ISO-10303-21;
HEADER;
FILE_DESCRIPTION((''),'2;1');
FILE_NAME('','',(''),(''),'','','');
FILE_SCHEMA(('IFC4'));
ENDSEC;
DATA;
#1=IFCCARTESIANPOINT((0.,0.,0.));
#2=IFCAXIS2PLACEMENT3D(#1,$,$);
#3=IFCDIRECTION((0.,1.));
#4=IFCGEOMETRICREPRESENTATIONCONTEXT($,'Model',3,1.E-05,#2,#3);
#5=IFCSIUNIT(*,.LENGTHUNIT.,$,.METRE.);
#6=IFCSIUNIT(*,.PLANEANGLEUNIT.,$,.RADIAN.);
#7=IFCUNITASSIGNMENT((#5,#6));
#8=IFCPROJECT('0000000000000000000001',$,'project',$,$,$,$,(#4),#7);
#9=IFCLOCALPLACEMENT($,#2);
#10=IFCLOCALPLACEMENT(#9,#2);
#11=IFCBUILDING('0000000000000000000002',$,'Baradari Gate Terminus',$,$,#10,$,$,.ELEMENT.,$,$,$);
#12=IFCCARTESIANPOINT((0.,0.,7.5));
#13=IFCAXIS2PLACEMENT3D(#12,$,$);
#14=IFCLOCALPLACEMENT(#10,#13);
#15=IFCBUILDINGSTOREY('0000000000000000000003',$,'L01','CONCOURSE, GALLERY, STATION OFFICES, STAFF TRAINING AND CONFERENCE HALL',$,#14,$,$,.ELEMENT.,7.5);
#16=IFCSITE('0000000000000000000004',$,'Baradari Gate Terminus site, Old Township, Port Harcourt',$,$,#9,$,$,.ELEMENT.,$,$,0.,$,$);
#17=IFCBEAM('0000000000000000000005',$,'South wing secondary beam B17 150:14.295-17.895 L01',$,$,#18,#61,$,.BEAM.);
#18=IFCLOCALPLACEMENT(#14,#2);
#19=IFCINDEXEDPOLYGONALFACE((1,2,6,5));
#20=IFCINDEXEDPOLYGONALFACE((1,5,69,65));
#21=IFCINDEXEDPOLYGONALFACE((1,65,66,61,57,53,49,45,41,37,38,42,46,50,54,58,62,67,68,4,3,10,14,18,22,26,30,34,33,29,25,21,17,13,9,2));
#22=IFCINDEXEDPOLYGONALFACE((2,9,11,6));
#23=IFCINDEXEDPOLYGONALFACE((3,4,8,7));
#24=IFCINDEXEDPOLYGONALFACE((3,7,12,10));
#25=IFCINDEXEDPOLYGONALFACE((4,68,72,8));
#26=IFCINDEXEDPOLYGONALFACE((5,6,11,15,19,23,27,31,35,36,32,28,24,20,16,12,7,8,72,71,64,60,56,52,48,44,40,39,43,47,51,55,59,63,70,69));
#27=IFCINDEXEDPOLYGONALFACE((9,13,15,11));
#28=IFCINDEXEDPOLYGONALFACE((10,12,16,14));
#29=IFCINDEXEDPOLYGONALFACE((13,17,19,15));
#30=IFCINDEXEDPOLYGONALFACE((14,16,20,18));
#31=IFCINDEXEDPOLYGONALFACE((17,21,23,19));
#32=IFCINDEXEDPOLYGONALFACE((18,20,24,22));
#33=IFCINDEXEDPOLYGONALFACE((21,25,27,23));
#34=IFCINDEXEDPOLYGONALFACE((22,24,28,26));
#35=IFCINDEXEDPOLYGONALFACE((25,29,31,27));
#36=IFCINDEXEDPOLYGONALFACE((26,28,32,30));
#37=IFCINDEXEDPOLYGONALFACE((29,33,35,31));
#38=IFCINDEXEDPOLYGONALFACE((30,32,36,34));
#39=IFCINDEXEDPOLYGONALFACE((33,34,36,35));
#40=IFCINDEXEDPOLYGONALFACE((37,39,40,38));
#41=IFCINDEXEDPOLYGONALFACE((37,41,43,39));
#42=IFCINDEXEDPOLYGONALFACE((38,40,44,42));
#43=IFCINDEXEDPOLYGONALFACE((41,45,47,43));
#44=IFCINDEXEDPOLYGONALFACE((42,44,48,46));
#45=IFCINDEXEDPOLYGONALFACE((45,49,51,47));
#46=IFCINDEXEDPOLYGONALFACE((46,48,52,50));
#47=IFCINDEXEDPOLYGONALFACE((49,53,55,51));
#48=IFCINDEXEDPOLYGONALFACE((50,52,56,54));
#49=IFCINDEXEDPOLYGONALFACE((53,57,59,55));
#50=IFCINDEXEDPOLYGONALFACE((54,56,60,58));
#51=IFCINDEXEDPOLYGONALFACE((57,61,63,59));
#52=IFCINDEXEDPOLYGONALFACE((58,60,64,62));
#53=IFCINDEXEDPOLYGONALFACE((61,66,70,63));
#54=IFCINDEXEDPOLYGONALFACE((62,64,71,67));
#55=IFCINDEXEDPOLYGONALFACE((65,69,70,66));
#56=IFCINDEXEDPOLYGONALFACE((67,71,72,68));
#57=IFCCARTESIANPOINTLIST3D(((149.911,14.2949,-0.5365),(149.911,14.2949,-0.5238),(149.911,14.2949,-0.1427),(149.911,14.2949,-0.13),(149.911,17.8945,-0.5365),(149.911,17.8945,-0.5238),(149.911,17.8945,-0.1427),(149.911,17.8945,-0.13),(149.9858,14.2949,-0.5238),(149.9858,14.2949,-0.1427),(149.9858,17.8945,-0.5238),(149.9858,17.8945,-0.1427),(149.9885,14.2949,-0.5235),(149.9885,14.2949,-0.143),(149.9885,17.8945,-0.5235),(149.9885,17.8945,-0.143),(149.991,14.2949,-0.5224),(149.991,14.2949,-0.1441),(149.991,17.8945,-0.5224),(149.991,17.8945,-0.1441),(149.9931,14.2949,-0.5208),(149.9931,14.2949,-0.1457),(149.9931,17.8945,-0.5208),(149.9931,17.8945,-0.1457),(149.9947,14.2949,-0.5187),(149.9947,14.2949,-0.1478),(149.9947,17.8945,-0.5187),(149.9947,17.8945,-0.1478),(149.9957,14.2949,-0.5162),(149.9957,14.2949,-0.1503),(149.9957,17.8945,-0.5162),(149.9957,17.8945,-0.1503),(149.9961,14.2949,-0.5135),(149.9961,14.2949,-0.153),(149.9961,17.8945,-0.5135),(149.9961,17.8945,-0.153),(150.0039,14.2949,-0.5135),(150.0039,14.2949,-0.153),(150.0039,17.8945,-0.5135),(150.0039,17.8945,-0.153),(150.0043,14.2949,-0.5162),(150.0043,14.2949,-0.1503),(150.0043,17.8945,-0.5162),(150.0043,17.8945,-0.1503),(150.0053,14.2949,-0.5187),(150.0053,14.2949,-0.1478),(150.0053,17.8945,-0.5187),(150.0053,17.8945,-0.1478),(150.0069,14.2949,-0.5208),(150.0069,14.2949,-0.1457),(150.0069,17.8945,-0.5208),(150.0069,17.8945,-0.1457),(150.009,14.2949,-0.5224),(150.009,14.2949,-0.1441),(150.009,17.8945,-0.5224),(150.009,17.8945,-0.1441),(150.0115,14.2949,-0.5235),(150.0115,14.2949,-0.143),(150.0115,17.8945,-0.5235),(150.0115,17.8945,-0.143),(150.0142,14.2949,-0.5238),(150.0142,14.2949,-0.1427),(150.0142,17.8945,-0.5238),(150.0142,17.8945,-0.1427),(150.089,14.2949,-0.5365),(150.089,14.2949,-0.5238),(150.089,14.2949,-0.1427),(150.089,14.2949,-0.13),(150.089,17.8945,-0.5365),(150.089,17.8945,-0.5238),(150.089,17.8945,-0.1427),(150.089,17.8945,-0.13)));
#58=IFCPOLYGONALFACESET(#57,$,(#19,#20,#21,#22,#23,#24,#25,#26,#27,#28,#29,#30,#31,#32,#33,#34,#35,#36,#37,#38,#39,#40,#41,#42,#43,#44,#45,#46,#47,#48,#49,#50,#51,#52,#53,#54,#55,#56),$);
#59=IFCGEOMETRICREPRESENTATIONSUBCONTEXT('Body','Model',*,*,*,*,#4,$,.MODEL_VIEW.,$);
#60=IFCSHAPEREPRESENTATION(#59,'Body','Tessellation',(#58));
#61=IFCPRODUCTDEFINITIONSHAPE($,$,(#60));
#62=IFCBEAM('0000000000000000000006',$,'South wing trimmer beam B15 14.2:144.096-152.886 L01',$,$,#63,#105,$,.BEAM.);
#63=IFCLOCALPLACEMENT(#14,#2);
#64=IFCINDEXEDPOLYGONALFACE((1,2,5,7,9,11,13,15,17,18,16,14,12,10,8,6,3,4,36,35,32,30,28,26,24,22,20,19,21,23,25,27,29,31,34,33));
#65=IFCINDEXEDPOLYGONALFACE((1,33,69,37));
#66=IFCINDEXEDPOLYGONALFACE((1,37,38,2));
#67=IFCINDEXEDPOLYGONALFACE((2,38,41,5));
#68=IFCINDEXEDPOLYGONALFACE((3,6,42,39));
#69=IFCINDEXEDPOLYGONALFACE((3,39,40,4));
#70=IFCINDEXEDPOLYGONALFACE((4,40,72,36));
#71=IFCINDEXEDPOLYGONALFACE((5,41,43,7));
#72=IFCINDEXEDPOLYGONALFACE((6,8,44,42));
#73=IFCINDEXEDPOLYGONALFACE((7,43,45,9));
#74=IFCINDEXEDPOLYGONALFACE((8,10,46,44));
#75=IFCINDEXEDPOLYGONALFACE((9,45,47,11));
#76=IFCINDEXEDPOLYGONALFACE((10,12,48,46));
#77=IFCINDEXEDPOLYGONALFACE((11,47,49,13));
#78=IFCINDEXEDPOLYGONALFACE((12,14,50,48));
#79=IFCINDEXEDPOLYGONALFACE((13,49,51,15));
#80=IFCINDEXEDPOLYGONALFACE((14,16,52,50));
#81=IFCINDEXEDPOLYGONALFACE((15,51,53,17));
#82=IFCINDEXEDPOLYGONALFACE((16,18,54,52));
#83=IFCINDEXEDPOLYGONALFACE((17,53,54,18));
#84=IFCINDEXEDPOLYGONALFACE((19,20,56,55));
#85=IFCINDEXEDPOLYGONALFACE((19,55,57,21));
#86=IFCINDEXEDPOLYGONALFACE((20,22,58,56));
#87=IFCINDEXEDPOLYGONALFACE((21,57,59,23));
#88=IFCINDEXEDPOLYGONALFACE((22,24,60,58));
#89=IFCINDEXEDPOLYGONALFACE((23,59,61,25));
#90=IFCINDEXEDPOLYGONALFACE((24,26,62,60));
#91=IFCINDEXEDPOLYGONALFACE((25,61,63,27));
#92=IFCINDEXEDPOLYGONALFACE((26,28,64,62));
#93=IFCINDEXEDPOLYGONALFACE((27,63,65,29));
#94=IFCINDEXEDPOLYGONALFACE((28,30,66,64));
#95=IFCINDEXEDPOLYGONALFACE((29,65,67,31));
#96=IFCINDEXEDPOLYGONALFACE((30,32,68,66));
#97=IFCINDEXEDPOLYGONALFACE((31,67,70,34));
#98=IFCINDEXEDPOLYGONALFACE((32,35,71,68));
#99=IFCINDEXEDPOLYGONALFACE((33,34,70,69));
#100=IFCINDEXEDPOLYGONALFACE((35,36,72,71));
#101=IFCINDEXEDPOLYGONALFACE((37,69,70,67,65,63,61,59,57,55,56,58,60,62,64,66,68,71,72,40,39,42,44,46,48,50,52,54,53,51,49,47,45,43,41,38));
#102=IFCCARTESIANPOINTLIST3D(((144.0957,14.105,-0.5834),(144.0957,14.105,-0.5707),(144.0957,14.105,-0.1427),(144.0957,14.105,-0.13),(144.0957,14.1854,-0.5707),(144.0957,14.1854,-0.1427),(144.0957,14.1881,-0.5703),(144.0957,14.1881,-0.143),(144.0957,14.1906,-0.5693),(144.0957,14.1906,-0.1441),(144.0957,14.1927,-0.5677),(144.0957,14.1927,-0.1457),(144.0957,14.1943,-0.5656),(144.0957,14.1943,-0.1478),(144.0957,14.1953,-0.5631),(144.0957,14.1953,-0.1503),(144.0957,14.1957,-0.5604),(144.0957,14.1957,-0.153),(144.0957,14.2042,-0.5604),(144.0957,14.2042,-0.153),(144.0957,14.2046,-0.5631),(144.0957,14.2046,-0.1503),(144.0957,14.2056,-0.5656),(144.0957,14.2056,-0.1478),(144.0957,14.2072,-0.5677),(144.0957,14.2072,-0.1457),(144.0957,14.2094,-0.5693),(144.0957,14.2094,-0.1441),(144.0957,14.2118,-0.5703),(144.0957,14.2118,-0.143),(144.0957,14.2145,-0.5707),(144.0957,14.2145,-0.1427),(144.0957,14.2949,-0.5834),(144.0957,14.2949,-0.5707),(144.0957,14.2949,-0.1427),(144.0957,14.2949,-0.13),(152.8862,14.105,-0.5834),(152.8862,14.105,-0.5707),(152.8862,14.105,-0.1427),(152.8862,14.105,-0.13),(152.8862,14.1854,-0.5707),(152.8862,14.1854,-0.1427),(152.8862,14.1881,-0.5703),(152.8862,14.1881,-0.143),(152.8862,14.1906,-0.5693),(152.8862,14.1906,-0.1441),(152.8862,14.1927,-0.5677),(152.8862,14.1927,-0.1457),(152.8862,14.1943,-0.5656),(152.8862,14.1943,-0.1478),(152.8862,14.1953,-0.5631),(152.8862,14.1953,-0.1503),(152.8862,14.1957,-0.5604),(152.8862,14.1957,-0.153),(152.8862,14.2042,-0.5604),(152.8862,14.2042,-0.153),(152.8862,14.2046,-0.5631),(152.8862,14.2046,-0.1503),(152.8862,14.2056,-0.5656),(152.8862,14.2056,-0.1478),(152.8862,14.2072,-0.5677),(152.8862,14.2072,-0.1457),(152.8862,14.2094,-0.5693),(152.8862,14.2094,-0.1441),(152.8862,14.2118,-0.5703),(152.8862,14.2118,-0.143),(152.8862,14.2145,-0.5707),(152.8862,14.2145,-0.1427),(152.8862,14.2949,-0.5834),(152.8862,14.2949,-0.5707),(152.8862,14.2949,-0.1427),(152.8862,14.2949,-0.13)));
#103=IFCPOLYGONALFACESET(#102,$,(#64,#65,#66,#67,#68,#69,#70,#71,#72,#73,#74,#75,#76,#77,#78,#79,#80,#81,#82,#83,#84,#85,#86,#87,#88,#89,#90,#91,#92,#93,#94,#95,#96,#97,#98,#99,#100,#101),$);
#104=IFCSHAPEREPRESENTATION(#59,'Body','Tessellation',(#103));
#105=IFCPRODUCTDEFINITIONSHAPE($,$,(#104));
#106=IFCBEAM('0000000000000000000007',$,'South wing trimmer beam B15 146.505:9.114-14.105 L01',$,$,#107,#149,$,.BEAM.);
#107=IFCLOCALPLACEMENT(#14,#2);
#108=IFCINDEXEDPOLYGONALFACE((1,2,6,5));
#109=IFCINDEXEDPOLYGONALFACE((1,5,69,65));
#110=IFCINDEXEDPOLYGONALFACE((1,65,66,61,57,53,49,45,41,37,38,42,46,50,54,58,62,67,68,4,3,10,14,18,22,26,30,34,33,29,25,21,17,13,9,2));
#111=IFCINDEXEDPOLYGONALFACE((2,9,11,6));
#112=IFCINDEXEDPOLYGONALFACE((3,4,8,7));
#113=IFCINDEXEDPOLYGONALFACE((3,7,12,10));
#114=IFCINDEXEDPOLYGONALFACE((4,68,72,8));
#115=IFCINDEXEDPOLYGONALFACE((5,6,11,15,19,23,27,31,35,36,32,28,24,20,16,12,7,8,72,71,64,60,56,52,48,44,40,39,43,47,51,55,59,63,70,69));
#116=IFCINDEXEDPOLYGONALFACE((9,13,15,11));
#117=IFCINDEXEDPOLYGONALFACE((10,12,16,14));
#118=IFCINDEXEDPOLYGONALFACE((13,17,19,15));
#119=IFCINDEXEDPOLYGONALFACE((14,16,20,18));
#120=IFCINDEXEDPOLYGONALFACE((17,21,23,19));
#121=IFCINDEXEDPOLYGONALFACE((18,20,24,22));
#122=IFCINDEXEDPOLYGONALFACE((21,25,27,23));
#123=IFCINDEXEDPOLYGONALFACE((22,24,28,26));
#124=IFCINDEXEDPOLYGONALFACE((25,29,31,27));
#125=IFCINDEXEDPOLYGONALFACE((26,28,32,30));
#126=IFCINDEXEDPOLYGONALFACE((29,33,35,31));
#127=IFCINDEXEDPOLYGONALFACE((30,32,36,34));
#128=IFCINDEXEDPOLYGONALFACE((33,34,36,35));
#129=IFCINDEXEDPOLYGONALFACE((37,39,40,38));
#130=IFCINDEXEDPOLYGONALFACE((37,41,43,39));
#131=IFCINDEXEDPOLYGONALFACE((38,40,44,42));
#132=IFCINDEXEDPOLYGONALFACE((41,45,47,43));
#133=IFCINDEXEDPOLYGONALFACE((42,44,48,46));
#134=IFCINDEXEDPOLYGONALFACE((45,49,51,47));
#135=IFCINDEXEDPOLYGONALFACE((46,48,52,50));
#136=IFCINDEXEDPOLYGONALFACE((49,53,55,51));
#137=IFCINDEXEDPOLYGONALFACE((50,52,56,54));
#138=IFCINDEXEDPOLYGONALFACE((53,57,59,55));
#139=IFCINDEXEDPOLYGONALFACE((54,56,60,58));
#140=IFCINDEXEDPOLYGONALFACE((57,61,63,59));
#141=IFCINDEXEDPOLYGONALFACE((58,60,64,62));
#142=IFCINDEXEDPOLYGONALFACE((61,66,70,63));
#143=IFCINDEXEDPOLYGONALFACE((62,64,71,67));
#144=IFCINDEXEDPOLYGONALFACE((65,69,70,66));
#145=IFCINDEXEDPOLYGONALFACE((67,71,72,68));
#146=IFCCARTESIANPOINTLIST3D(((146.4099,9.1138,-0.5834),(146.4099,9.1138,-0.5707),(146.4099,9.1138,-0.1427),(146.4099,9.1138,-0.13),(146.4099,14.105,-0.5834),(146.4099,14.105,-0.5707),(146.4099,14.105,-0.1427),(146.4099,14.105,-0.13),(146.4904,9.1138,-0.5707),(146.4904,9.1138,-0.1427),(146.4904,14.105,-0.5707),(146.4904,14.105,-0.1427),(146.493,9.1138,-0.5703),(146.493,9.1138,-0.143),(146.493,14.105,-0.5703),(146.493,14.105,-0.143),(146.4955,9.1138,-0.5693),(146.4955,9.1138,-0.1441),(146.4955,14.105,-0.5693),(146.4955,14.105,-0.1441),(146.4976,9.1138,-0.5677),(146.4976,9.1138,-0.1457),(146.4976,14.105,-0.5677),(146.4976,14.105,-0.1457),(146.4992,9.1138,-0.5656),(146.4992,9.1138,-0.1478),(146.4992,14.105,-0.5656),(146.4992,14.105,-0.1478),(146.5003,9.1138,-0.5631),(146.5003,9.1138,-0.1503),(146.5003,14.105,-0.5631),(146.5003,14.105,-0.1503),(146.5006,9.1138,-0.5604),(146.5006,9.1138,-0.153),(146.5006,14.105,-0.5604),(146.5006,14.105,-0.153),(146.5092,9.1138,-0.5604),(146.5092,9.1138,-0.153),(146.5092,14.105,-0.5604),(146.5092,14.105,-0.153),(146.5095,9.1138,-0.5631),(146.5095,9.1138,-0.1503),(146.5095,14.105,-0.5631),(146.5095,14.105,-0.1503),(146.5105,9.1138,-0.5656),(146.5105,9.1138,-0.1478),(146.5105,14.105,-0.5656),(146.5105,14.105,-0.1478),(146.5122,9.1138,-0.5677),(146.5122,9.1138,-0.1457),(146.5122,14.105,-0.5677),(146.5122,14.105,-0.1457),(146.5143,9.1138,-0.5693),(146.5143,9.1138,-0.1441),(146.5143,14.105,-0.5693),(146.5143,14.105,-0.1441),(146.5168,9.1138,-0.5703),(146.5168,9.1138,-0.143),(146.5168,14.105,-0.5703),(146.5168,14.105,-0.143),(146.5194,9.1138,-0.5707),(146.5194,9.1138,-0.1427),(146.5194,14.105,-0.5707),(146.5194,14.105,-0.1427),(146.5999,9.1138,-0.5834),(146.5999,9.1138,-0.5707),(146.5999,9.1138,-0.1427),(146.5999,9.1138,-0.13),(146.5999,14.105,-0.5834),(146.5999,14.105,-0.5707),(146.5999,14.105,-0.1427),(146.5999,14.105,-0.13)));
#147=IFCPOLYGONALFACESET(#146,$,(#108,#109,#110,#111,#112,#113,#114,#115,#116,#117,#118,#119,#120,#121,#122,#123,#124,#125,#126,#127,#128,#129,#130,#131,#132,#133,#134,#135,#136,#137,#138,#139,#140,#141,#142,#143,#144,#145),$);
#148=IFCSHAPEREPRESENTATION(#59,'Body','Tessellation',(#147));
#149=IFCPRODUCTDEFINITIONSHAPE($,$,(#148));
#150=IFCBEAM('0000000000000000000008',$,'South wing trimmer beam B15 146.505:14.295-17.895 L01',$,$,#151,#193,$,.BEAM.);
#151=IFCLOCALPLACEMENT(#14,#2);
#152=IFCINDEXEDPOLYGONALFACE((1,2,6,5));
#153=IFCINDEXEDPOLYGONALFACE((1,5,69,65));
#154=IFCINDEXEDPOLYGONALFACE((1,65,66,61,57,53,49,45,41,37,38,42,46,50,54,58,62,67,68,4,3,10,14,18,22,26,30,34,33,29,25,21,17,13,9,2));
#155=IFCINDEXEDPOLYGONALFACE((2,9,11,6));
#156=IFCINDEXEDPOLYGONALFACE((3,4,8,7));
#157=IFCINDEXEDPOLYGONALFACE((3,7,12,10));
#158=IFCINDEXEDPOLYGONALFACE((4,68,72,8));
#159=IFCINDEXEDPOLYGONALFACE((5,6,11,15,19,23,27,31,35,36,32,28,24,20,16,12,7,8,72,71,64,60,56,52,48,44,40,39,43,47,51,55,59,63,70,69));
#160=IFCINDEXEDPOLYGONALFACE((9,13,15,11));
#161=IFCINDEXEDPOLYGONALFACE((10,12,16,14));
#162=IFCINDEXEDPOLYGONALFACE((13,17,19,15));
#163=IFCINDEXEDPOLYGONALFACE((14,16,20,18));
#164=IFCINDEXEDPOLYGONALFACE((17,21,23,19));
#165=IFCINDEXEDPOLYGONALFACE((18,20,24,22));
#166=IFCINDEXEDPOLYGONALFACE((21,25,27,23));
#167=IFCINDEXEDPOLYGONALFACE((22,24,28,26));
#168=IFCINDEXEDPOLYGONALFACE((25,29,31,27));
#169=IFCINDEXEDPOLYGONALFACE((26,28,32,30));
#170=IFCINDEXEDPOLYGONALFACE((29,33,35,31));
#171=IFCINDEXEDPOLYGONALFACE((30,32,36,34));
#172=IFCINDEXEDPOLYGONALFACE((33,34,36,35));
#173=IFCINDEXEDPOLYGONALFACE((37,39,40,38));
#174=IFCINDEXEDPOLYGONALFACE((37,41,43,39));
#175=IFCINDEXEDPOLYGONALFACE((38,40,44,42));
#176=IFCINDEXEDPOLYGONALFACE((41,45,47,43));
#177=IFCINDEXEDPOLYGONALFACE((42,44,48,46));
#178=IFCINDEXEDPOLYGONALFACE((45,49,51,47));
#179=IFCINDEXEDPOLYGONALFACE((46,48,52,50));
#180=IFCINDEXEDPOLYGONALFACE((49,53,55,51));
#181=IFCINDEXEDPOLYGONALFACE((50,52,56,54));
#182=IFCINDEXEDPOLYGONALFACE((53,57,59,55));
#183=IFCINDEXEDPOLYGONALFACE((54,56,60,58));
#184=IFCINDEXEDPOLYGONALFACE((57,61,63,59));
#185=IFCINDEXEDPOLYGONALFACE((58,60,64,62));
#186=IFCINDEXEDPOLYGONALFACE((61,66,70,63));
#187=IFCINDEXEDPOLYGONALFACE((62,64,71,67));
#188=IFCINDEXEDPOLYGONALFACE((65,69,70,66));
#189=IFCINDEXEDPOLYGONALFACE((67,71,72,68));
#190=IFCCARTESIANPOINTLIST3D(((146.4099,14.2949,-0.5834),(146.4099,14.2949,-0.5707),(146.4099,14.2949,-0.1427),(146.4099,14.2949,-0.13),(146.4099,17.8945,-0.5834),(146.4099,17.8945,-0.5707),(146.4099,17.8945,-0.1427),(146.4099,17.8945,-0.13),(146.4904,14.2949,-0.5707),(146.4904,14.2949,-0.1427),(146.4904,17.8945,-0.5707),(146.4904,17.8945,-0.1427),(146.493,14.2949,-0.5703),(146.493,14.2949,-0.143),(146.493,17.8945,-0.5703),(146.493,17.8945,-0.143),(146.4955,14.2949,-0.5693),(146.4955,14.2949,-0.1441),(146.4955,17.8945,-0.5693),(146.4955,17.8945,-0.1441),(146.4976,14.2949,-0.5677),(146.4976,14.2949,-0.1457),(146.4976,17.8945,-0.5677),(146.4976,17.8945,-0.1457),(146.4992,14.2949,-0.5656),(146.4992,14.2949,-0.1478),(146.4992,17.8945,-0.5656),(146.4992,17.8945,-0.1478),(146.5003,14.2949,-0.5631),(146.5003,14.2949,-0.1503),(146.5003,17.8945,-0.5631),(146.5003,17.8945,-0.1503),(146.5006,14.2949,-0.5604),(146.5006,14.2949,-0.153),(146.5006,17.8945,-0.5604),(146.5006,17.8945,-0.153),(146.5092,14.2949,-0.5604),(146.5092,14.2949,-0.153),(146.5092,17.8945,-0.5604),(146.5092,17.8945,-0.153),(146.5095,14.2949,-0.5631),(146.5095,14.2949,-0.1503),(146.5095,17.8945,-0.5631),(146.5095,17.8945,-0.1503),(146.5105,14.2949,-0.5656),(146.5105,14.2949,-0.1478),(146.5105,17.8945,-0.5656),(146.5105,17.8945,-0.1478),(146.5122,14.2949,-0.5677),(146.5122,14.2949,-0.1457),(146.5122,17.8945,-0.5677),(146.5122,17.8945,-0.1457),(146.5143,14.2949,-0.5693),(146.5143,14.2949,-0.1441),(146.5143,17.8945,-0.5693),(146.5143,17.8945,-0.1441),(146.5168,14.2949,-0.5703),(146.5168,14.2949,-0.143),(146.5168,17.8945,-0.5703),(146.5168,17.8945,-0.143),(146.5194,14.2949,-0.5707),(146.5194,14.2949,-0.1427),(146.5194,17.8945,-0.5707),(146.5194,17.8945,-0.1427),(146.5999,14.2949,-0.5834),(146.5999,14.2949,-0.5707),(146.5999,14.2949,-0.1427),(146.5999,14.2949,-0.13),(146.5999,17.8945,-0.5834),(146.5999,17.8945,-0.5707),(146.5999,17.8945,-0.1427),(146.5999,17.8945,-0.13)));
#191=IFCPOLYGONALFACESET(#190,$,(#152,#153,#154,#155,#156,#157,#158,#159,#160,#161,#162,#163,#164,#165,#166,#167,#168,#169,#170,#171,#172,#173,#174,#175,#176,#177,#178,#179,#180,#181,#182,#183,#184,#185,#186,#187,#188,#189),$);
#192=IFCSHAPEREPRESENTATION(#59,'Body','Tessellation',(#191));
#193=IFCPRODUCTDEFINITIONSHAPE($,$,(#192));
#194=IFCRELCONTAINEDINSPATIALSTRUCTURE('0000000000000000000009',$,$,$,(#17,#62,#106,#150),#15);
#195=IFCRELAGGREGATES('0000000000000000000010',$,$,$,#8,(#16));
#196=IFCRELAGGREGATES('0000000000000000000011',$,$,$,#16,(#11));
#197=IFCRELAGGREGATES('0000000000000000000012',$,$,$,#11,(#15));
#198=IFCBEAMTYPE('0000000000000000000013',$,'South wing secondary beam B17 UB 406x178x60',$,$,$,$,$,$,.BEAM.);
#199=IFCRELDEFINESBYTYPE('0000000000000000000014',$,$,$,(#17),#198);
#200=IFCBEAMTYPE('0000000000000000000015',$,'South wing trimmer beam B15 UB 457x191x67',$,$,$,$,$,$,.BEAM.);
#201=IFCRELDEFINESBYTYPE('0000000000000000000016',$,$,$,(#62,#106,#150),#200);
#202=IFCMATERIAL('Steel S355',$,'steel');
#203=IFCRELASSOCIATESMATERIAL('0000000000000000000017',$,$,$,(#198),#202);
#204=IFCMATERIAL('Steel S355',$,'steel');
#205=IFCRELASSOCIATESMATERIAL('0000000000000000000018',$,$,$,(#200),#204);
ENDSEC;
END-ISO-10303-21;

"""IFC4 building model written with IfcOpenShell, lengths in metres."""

from ifc_helpers import new_model, si_unit, direction, frame, origin, origin_2d, place, context, subcontext, project, spatial, i_section, extrude, material, material_profile, profile_set, type_object, element, save


model = new_model("IFC4")

# Units and contexts
model_context = context("Model", 3, precision=1e-05, world=origin(), true_north=direction((0.0, 1.0)))
body_context = subcontext(model_context, "Body", "Model", "MODEL_VIEW")
ifc_project = project(units=[si_unit("LENGTHUNIT", "METRE"), si_unit("PLANEANGLEUNIT", "RADIAN")], contexts=[model_context])

# Site, building, storey
site_placement = place(None, origin())
site = spatial("IfcSite", under=ifc_project, at=site_placement, Name="Baradari Gate Terminus site, Old Township, Port Harcourt", CompositionType="ELEMENT", RefElevation=0.0)
building_placement = place(site_placement, origin())
building = spatial("IfcBuilding", under=site, at=building_placement, Name="Baradari Gate Terminus", CompositionType="ELEMENT")
storey_placement = place(building_placement, frame((0.0, 0.0, 7.5)))
storey = spatial("IfcBuildingStorey", under=building, at=storey_placement, Name="L01", Description="CONCOURSE, GALLERY, STATION OFFICES, STAFF TRAINING AND CONFERENCE HALL", CompositionType="ELEMENT", Elevation=7.5)

# Beams
ifc_material_1 = material(Name="Steel S355", Category="steel")
ifc_material_profile_1 = material_profile(ifc_material_1, i_section(OverallWidth=0.178, OverallDepth=0.4065, WebThickness=0.0078, FlangeThickness=0.0127, FilletRadius=0.0103, at=origin_2d()), Name="UB 406x178x60")
ifc_profile_set_1 = profile_set([ifc_material_profile_1], Name="Steel S355")
beam_type_1 = type_object("IfcBeamType", Name="South wing secondary beam B17 UB 406x178x60", PredefinedType="BEAM", material=ifc_profile_set_1)
for number, where, z_axis, x_axis, name in (
    (1, (150.0, 14.2949, -0.3333), (0.0, 1.0, 0.0), (-1.0, 0.0, 0.0), "South wing secondary beam B17 150:14.295-17.895 L01"),
):
    element("IfcBeam", number, at=place(storey_placement, frame(where, z_axis=z_axis, x_axis=x_axis)), inside=storey, type_object=beam_type_1, Name=name, PredefinedType="BEAM", context=body_context, shape_type="SweptSolid", body=[
        extrude(i_section(OverallWidth=0.178, OverallDepth=0.4065, WebThickness=0.0078, FlangeThickness=0.0127, FilletRadius=0.0103, at=origin_2d()), origin(), (0.0, 0.0, 1.0), 3.5996),
    ])
ifc_material_2 = material(Name="Steel S355", Category="steel")
ifc_material_profile_2 = material_profile(ifc_material_2, i_section(OverallWidth=0.1899, OverallDepth=0.4534, WebThickness=0.0085, FlangeThickness=0.0127, FilletRadius=0.0103, at=origin_2d()), Name="UB 457x191x67")
ifc_profile_set_2 = profile_set([ifc_material_profile_2], Name="Steel S355")
beam_type_2 = type_object("IfcBeamType", Name="South wing trimmer beam B15 UB 457x191x67", PredefinedType="BEAM", material=ifc_profile_set_2)
beam_1_placement = place(storey_placement, frame((144.0957, 14.2, -0.3567), z_axis=(1.0, 0.0, 0.0), x_axis=(0.0, 1.0, 0.0)))
element("IfcBeam", 2, at=beam_1_placement, inside=storey, type_object=beam_type_2, Name="South wing trimmer beam B15 14.2:144.096-152.886 L01", PredefinedType="BEAM", context=body_context, shape_type="SweptSolid", body=[
    extrude(i_section(OverallWidth=0.1899, OverallDepth=0.4534, WebThickness=0.0085, FlangeThickness=0.0127, FilletRadius=0.0103, at=origin_2d()), origin(), (0.0, 0.0, 1.0), 8.7905),
])
beam_2_placement = place(storey_placement, frame((146.5049, 9.1138, -0.3567), z_axis=(0.0, 1.0, 0.0), x_axis=(-1.0, 0.0, 0.0)))
element("IfcBeam", 3, at=beam_2_placement, inside=storey, type_object=beam_type_2, Name="South wing trimmer beam B15 146.505:9.114-14.105 L01", PredefinedType="BEAM", context=body_context, shape_type="SweptSolid", body=[
    extrude(i_section(OverallWidth=0.1899, OverallDepth=0.4534, WebThickness=0.0085, FlangeThickness=0.0127, FilletRadius=0.0103, at=origin_2d()), origin(), (0.0, 0.0, 1.0), 4.9912),
])
beam_3_placement = place(storey_placement, frame((146.5049, 14.2949, -0.3567), z_axis=(0.0, 1.0, 0.0), x_axis=(-1.0, 0.0, 0.0)))
element("IfcBeam", 4, at=beam_3_placement, inside=storey, type_object=beam_type_2, Name="South wing trimmer beam B15 146.505:14.295-17.895 L01", PredefinedType="BEAM", context=body_context, shape_type="SweptSolid", body=[
    extrude(i_section(OverallWidth=0.1899, OverallDepth=0.4534, WebThickness=0.0085, FlangeThickness=0.0127, FilletRadius=0.0103, at=origin_2d()), origin(), (0.0, 0.0, 1.0), 3.5996),
])

save(model, "model.ifc")
